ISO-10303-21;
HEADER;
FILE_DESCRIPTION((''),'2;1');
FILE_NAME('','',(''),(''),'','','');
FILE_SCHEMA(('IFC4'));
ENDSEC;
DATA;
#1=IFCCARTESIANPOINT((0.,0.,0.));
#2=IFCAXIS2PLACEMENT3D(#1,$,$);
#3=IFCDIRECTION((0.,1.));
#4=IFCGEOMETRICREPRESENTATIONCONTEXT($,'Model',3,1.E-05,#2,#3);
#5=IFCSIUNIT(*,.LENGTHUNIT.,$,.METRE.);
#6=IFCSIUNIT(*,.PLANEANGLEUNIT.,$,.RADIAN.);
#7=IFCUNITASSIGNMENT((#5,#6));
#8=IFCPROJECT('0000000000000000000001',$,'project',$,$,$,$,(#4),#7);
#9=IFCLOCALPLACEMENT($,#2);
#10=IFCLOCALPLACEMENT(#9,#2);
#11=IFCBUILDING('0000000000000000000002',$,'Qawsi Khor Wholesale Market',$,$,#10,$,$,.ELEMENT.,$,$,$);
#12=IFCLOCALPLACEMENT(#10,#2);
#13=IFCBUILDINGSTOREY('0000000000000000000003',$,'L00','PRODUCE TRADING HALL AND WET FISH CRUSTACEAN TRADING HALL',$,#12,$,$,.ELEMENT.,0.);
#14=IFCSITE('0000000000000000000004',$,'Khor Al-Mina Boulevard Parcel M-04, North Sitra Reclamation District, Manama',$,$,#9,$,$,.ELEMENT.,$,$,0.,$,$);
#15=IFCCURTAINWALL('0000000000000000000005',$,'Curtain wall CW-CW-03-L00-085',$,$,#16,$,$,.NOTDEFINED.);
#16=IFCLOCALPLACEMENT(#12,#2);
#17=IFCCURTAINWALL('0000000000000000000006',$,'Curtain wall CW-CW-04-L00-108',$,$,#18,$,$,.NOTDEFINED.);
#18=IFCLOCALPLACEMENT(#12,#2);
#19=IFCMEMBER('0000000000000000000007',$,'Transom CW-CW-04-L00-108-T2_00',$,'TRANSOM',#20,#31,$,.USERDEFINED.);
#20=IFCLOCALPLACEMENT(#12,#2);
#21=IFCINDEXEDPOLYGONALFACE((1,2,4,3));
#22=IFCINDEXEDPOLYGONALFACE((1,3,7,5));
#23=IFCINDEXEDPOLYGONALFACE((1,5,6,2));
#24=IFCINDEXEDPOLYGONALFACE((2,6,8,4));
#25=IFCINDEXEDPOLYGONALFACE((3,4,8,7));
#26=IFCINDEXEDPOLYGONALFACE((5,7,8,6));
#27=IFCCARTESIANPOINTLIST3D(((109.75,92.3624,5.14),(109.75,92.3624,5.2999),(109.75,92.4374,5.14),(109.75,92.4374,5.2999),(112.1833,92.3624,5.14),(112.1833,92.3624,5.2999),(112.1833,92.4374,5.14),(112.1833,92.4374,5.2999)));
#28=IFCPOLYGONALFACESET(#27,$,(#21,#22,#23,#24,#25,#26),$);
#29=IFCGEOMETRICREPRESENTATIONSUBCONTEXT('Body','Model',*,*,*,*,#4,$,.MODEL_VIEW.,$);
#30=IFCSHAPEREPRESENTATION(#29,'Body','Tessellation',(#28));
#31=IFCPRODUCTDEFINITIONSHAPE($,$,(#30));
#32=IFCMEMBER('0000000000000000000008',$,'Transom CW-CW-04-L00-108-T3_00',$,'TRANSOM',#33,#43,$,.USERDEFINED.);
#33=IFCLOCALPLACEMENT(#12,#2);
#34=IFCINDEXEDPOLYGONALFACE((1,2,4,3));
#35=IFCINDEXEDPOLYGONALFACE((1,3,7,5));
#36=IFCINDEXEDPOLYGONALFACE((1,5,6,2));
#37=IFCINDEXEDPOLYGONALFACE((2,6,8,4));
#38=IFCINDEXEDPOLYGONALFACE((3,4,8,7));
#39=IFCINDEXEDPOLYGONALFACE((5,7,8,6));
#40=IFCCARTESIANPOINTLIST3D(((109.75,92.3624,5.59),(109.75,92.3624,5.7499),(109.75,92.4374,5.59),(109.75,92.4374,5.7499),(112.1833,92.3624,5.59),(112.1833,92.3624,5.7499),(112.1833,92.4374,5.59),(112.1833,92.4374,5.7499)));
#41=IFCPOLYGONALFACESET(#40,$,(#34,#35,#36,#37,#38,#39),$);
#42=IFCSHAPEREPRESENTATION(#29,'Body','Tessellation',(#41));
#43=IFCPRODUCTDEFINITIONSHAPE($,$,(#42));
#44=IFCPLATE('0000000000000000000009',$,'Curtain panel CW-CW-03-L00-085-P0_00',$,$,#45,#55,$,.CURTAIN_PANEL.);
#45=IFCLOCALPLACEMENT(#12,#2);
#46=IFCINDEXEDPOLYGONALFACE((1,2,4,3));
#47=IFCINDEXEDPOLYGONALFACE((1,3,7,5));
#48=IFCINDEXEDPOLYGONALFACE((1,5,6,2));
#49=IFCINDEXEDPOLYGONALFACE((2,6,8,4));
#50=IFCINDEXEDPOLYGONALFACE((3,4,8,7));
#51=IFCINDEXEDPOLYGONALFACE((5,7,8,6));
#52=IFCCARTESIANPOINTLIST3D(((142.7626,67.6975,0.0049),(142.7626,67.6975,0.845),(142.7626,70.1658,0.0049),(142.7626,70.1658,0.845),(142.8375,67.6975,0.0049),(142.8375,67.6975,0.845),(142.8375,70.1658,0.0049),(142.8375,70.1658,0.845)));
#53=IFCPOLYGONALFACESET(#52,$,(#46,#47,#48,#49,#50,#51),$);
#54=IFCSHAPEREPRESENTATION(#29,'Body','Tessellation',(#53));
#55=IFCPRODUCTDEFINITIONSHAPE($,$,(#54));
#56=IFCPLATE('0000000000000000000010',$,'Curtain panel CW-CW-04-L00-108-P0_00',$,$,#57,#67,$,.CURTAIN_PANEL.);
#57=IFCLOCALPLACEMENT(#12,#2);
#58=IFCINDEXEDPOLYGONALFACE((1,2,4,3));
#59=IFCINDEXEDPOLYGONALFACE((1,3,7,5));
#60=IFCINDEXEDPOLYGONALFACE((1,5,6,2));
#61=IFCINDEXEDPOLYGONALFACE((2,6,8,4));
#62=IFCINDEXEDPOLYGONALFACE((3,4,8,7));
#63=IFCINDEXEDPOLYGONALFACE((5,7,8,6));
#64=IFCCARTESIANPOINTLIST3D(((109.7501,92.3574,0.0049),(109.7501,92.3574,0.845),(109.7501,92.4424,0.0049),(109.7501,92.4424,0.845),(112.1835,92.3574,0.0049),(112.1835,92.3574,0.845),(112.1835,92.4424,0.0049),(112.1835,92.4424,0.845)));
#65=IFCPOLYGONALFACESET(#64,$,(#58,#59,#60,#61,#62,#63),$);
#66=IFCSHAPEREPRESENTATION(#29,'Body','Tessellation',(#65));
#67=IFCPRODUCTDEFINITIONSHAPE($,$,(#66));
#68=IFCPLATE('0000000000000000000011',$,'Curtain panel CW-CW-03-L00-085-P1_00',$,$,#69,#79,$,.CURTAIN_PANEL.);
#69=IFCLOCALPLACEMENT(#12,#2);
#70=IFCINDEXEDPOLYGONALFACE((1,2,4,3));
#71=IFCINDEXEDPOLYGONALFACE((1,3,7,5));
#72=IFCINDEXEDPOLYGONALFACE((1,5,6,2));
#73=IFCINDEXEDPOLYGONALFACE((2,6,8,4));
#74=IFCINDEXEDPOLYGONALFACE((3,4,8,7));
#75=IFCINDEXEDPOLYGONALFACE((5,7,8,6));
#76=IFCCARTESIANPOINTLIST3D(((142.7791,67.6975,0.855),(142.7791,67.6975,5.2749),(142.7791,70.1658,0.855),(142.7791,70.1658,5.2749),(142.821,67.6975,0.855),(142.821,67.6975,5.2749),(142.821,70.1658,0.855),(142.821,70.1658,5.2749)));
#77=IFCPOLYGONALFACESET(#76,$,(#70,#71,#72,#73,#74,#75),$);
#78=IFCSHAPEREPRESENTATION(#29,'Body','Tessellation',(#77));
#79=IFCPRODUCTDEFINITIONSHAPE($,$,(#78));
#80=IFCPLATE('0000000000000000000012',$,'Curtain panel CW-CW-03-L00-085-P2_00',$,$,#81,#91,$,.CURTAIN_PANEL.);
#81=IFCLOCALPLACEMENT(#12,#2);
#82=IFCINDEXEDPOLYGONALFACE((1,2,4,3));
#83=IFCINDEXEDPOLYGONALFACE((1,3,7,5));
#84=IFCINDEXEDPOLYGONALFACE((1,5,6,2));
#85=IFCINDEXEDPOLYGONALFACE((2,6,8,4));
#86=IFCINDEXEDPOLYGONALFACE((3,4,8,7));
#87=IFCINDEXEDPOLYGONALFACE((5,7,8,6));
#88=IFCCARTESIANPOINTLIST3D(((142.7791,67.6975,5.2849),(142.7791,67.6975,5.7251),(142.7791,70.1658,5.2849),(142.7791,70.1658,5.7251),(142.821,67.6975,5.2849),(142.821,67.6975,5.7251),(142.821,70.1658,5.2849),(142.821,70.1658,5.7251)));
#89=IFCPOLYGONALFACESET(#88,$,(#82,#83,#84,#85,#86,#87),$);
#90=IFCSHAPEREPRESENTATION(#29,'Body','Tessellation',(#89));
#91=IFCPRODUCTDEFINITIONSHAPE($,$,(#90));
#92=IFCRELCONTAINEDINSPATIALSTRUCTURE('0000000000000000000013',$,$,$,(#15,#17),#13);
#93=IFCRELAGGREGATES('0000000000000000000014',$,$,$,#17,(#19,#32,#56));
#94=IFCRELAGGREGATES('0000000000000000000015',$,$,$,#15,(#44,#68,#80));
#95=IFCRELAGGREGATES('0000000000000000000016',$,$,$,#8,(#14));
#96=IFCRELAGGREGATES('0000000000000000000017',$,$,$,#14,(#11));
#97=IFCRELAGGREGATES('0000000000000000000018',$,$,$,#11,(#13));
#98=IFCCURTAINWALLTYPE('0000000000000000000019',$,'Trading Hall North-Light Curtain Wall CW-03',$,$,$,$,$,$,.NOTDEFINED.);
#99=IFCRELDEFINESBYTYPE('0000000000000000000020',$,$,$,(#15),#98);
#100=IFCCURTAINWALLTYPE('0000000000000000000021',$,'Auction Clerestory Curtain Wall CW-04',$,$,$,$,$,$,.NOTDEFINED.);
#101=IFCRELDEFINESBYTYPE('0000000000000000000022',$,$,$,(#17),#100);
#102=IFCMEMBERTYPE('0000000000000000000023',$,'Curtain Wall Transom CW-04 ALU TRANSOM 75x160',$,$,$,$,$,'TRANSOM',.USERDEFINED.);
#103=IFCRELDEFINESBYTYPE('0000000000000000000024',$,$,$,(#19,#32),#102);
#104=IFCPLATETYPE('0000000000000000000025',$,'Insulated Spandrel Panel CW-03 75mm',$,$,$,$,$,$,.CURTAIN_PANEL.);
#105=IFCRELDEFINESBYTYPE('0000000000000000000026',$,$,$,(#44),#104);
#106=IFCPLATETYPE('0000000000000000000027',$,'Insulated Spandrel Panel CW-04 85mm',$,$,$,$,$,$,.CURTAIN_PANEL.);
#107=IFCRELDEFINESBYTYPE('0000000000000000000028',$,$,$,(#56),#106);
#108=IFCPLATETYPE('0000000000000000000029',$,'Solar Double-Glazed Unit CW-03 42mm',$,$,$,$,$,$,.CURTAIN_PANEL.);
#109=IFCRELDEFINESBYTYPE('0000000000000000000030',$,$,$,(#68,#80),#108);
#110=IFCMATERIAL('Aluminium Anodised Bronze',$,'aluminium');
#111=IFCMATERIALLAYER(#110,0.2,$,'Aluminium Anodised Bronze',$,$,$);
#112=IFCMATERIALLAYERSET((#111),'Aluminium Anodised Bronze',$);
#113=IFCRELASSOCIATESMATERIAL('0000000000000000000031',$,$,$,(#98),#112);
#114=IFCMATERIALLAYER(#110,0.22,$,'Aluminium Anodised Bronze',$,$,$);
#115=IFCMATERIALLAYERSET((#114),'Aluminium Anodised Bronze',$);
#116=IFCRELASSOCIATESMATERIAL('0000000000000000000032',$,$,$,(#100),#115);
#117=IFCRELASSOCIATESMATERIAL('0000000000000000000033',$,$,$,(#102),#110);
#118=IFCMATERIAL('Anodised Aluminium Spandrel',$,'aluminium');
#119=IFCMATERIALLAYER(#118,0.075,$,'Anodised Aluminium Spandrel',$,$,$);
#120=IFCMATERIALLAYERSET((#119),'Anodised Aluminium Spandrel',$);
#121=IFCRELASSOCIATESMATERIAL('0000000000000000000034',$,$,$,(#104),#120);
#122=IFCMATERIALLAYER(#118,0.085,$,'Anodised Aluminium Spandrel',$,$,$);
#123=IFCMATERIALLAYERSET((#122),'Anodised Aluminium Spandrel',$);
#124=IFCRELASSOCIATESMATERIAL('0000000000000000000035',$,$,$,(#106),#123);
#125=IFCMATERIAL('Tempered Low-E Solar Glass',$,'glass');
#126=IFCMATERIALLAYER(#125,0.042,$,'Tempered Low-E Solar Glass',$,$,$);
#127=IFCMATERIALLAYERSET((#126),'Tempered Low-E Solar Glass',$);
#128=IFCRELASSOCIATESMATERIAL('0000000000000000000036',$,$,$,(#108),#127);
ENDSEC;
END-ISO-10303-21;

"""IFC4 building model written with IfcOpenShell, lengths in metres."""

from ifc_helpers import new_model, si_unit, direction, frame, frame_2d, origin, origin_2d, place, context, subcontext, project, spatial, rectangle, extrude, material, layer, layer_set, material_profile, profile_set, type_object, element, aggregate, save


model = new_model("IFC4")

# Units and contexts
model_context = context("Model", 3, precision=1e-05, world=origin(), true_north=direction((0.0, 1.0)))
body_context = subcontext(model_context, "Body", "Model", "MODEL_VIEW")
ifc_project = project(units=[si_unit("LENGTHUNIT", "METRE"), si_unit("PLANEANGLEUNIT", "RADIAN")], contexts=[model_context])

# Site, building, storey
site_placement = place(None, origin())
site = spatial("IfcSite", under=ifc_project, at=site_placement, Name="Khor Al-Mina Boulevard Parcel M-04, North Sitra Reclamation District, Manama", CompositionType="ELEMENT", RefElevation=0.0)
building_placement = place(site_placement, origin())
building = spatial("IfcBuilding", under=site, at=building_placement, Name="Qawsi Khor Wholesale Market", CompositionType="ELEMENT")
storey_placement = place(building_placement, origin())
storey = spatial("IfcBuildingStorey", under=building, at=storey_placement, Name="L00", Description="PRODUCE TRADING HALL AND WET FISH CRUSTACEAN TRADING HALL", CompositionType="ELEMENT", Elevation=0.0)

# Curtain wall
ifc_material_1 = material(Name="Aluminium Anodised Bronze", Category="aluminium")
ifc_layer_1 = layer(ifc_material_1, 0.2, Name="Aluminium Anodised Bronze")
ifc_layer_set_1 = layer_set([ifc_layer_1], Name="Aluminium Anodised Bronze")
curtain_wall_type_1 = type_object("IfcCurtainWallType", Name="Trading Hall North-Light Curtain Wall CW-03", PredefinedType="NOTDEFINED", material=ifc_layer_set_1)
curtain_wall_1_placement = place(storey_placement, origin())
curtain_wall_1 = element("IfcCurtainWall", 1, at=curtain_wall_1_placement, inside=storey, type_object=curtain_wall_type_1, Name="Curtain wall CW-CW-03-L00-085", PredefinedType="NOTDEFINED")

# Curtain wall
ifc_layer_2 = layer(ifc_material_1, 0.22, Name="Aluminium Anodised Bronze")
ifc_layer_set_2 = layer_set([ifc_layer_2], Name="Aluminium Anodised Bronze")
curtain_wall_type_2 = type_object("IfcCurtainWallType", Name="Auction Clerestory Curtain Wall CW-04", PredefinedType="NOTDEFINED", material=ifc_layer_set_2)
curtain_wall_2_placement = place(storey_placement, origin())
curtain_wall_2 = element("IfcCurtainWall", 2, at=curtain_wall_2_placement, inside=storey, type_object=curtain_wall_type_2, Name="Curtain wall CW-CW-04-L00-108", PredefinedType="NOTDEFINED")

# Members
ifc_material_profile_1 = material_profile(ifc_material_1, rectangle(XDim=0.075, YDim=0.1599, at=origin_2d()), Name="ALU TRANSOM 75x160")
ifc_profile_set_1 = profile_set([ifc_material_profile_1], Name="Aluminium Anodised Bronze")
member_type_1 = type_object("IfcMemberType", Name="Curtain Wall Transom CW-04 ALU TRANSOM 75x160", ElementType="TRANSOM", PredefinedType="USERDEFINED", material=ifc_profile_set_1)
member_1_placement = place(storey_placement, frame((109.75, 92.3999, 5.22), z_axis=(1.0, 0.0, 0.0), x_axis=(0.0, 1.0, 0.0)))
member_1 = element("IfcMember", 3, at=member_1_placement, type_object=member_type_1, Name="Transom CW-CW-04-L00-108-T2_00", ObjectType="TRANSOM", PredefinedType="USERDEFINED", context=body_context, shape_type="SweptSolid", body=[
    extrude(rectangle(XDim=0.075, YDim=0.1599, at=origin_2d()), origin(), (0.0, 0.0, 1.0), 2.4333),
])
member_2_placement = place(storey_placement, frame((109.75, 92.3999, 5.6699), z_axis=(1.0, 0.0, 0.0), x_axis=(0.0, 1.0, 0.0)))
member_2 = element("IfcMember", 4, at=member_2_placement, type_object=member_type_1, Name="Transom CW-CW-04-L00-108-T3_00", ObjectType="TRANSOM", PredefinedType="USERDEFINED", context=body_context, shape_type="SweptSolid", body=[
    extrude(rectangle(XDim=0.075, YDim=0.1599, at=origin_2d()), origin(), (0.0, 0.0, 1.0), 2.4333),
])

# Plates
ifc_material_2 = material(Name="Anodised Aluminium Spandrel", Category="aluminium")
ifc_layer_3 = layer(ifc_material_2, 0.075, Name="Anodised Aluminium Spandrel")
ifc_layer_set_3 = layer_set([ifc_layer_3], Name="Anodised Aluminium Spandrel")
plate_type_1 = type_object("IfcPlateType", Name="Insulated Spandrel Panel CW-03 75mm", PredefinedType="CURTAIN_PANEL", material=ifc_layer_set_3)
plate_1_placement = place(storey_placement, frame((142.8, 67.6975, 0.0049), z_axis=(0.0, 0.0, 1.0), x_axis=(0.0, 1.0, 0.0)))
plate_1 = element("IfcPlate", 5, at=plate_1_placement, type_object=plate_type_1, Name="Curtain panel CW-CW-03-L00-085-P0_00", PredefinedType="CURTAIN_PANEL", context=body_context, shape_type="SweptSolid", body=[
    extrude(rectangle(XDim=2.4683, YDim=0.075, at=frame_2d((1.2341, 0.0))), origin(), (0.0, 0.0, 1.0), 0.8401),
])
ifc_layer_4 = layer(ifc_material_2, 0.085, Name="Anodised Aluminium Spandrel")
ifc_layer_set_4 = layer_set([ifc_layer_4], Name="Anodised Aluminium Spandrel")
plate_type_2 = type_object("IfcPlateType", Name="Insulated Spandrel Panel CW-04 85mm", PredefinedType="CURTAIN_PANEL", material=ifc_layer_set_4)
plate_2_placement = place(storey_placement, frame((109.75, 92.3999, 0.0049), z_axis=(0.0, 0.0, 1.0), x_axis=(1.0, 0.0, 0.0)))
plate_2 = element("IfcPlate", 6, at=plate_2_placement, type_object=plate_type_2, Name="Curtain panel CW-CW-04-L00-108-P0_00", PredefinedType="CURTAIN_PANEL", context=body_context, shape_type="SweptSolid", body=[
    extrude(rectangle(XDim=2.4333, YDim=0.085, at=frame_2d((1.2168, 0.0))), origin(), (0.0, 0.0, 1.0), 0.8401),
])
aggregate(curtain_wall_2, [member_1, member_2, plate_2])
ifc_material_3 = material(Name="Tempered Low-E Solar Glass", Category="glass")
ifc_layer_5 = layer(ifc_material_3, 0.042, Name="Tempered Low-E Solar Glass")
ifc_layer_set_5 = layer_set([ifc_layer_5], Name="Tempered Low-E Solar Glass")
plate_type_3 = type_object("IfcPlateType", Name="Solar Double-Glazed Unit CW-03 42mm", PredefinedType="CURTAIN_PANEL", material=ifc_layer_set_5)
plate_3_placement = place(storey_placement, frame((142.8, 67.6975, 0.855), z_axis=(0.0, 0.0, 1.0), x_axis=(0.0, 1.0, 0.0)))
plate_3 = element("IfcPlate", 7, at=plate_3_placement, type_object=plate_type_3, Name="Curtain panel CW-CW-03-L00-085-P1_00", PredefinedType="CURTAIN_PANEL", context=body_context, shape_type="SweptSolid", body=[
    extrude(rectangle(XDim=2.4683, YDim=0.042, at=frame_2d((1.2341, 0.0))), origin(), (0.0, 0.0, 1.0), 4.4199),
])
plate_4_placement = place(storey_placement, frame((142.8, 67.6975, 5.2849), z_axis=(0.0, 0.0, 1.0), x_axis=(0.0, 1.0, 0.0)))
plate_4 = element("IfcPlate", 8, at=plate_4_placement, type_object=plate_type_3, Name="Curtain panel CW-CW-03-L00-085-P2_00", PredefinedType="CURTAIN_PANEL", context=body_context, shape_type="SweptSolid", body=[
    extrude(rectangle(XDim=2.4683, YDim=0.042, at=frame_2d((1.2341, 0.0))), origin(), (0.0, 0.0, 1.0), 0.4402),
])
aggregate(curtain_wall_1, [plate_1, plate_3, plate_4])

save(model, "model.ifc")
